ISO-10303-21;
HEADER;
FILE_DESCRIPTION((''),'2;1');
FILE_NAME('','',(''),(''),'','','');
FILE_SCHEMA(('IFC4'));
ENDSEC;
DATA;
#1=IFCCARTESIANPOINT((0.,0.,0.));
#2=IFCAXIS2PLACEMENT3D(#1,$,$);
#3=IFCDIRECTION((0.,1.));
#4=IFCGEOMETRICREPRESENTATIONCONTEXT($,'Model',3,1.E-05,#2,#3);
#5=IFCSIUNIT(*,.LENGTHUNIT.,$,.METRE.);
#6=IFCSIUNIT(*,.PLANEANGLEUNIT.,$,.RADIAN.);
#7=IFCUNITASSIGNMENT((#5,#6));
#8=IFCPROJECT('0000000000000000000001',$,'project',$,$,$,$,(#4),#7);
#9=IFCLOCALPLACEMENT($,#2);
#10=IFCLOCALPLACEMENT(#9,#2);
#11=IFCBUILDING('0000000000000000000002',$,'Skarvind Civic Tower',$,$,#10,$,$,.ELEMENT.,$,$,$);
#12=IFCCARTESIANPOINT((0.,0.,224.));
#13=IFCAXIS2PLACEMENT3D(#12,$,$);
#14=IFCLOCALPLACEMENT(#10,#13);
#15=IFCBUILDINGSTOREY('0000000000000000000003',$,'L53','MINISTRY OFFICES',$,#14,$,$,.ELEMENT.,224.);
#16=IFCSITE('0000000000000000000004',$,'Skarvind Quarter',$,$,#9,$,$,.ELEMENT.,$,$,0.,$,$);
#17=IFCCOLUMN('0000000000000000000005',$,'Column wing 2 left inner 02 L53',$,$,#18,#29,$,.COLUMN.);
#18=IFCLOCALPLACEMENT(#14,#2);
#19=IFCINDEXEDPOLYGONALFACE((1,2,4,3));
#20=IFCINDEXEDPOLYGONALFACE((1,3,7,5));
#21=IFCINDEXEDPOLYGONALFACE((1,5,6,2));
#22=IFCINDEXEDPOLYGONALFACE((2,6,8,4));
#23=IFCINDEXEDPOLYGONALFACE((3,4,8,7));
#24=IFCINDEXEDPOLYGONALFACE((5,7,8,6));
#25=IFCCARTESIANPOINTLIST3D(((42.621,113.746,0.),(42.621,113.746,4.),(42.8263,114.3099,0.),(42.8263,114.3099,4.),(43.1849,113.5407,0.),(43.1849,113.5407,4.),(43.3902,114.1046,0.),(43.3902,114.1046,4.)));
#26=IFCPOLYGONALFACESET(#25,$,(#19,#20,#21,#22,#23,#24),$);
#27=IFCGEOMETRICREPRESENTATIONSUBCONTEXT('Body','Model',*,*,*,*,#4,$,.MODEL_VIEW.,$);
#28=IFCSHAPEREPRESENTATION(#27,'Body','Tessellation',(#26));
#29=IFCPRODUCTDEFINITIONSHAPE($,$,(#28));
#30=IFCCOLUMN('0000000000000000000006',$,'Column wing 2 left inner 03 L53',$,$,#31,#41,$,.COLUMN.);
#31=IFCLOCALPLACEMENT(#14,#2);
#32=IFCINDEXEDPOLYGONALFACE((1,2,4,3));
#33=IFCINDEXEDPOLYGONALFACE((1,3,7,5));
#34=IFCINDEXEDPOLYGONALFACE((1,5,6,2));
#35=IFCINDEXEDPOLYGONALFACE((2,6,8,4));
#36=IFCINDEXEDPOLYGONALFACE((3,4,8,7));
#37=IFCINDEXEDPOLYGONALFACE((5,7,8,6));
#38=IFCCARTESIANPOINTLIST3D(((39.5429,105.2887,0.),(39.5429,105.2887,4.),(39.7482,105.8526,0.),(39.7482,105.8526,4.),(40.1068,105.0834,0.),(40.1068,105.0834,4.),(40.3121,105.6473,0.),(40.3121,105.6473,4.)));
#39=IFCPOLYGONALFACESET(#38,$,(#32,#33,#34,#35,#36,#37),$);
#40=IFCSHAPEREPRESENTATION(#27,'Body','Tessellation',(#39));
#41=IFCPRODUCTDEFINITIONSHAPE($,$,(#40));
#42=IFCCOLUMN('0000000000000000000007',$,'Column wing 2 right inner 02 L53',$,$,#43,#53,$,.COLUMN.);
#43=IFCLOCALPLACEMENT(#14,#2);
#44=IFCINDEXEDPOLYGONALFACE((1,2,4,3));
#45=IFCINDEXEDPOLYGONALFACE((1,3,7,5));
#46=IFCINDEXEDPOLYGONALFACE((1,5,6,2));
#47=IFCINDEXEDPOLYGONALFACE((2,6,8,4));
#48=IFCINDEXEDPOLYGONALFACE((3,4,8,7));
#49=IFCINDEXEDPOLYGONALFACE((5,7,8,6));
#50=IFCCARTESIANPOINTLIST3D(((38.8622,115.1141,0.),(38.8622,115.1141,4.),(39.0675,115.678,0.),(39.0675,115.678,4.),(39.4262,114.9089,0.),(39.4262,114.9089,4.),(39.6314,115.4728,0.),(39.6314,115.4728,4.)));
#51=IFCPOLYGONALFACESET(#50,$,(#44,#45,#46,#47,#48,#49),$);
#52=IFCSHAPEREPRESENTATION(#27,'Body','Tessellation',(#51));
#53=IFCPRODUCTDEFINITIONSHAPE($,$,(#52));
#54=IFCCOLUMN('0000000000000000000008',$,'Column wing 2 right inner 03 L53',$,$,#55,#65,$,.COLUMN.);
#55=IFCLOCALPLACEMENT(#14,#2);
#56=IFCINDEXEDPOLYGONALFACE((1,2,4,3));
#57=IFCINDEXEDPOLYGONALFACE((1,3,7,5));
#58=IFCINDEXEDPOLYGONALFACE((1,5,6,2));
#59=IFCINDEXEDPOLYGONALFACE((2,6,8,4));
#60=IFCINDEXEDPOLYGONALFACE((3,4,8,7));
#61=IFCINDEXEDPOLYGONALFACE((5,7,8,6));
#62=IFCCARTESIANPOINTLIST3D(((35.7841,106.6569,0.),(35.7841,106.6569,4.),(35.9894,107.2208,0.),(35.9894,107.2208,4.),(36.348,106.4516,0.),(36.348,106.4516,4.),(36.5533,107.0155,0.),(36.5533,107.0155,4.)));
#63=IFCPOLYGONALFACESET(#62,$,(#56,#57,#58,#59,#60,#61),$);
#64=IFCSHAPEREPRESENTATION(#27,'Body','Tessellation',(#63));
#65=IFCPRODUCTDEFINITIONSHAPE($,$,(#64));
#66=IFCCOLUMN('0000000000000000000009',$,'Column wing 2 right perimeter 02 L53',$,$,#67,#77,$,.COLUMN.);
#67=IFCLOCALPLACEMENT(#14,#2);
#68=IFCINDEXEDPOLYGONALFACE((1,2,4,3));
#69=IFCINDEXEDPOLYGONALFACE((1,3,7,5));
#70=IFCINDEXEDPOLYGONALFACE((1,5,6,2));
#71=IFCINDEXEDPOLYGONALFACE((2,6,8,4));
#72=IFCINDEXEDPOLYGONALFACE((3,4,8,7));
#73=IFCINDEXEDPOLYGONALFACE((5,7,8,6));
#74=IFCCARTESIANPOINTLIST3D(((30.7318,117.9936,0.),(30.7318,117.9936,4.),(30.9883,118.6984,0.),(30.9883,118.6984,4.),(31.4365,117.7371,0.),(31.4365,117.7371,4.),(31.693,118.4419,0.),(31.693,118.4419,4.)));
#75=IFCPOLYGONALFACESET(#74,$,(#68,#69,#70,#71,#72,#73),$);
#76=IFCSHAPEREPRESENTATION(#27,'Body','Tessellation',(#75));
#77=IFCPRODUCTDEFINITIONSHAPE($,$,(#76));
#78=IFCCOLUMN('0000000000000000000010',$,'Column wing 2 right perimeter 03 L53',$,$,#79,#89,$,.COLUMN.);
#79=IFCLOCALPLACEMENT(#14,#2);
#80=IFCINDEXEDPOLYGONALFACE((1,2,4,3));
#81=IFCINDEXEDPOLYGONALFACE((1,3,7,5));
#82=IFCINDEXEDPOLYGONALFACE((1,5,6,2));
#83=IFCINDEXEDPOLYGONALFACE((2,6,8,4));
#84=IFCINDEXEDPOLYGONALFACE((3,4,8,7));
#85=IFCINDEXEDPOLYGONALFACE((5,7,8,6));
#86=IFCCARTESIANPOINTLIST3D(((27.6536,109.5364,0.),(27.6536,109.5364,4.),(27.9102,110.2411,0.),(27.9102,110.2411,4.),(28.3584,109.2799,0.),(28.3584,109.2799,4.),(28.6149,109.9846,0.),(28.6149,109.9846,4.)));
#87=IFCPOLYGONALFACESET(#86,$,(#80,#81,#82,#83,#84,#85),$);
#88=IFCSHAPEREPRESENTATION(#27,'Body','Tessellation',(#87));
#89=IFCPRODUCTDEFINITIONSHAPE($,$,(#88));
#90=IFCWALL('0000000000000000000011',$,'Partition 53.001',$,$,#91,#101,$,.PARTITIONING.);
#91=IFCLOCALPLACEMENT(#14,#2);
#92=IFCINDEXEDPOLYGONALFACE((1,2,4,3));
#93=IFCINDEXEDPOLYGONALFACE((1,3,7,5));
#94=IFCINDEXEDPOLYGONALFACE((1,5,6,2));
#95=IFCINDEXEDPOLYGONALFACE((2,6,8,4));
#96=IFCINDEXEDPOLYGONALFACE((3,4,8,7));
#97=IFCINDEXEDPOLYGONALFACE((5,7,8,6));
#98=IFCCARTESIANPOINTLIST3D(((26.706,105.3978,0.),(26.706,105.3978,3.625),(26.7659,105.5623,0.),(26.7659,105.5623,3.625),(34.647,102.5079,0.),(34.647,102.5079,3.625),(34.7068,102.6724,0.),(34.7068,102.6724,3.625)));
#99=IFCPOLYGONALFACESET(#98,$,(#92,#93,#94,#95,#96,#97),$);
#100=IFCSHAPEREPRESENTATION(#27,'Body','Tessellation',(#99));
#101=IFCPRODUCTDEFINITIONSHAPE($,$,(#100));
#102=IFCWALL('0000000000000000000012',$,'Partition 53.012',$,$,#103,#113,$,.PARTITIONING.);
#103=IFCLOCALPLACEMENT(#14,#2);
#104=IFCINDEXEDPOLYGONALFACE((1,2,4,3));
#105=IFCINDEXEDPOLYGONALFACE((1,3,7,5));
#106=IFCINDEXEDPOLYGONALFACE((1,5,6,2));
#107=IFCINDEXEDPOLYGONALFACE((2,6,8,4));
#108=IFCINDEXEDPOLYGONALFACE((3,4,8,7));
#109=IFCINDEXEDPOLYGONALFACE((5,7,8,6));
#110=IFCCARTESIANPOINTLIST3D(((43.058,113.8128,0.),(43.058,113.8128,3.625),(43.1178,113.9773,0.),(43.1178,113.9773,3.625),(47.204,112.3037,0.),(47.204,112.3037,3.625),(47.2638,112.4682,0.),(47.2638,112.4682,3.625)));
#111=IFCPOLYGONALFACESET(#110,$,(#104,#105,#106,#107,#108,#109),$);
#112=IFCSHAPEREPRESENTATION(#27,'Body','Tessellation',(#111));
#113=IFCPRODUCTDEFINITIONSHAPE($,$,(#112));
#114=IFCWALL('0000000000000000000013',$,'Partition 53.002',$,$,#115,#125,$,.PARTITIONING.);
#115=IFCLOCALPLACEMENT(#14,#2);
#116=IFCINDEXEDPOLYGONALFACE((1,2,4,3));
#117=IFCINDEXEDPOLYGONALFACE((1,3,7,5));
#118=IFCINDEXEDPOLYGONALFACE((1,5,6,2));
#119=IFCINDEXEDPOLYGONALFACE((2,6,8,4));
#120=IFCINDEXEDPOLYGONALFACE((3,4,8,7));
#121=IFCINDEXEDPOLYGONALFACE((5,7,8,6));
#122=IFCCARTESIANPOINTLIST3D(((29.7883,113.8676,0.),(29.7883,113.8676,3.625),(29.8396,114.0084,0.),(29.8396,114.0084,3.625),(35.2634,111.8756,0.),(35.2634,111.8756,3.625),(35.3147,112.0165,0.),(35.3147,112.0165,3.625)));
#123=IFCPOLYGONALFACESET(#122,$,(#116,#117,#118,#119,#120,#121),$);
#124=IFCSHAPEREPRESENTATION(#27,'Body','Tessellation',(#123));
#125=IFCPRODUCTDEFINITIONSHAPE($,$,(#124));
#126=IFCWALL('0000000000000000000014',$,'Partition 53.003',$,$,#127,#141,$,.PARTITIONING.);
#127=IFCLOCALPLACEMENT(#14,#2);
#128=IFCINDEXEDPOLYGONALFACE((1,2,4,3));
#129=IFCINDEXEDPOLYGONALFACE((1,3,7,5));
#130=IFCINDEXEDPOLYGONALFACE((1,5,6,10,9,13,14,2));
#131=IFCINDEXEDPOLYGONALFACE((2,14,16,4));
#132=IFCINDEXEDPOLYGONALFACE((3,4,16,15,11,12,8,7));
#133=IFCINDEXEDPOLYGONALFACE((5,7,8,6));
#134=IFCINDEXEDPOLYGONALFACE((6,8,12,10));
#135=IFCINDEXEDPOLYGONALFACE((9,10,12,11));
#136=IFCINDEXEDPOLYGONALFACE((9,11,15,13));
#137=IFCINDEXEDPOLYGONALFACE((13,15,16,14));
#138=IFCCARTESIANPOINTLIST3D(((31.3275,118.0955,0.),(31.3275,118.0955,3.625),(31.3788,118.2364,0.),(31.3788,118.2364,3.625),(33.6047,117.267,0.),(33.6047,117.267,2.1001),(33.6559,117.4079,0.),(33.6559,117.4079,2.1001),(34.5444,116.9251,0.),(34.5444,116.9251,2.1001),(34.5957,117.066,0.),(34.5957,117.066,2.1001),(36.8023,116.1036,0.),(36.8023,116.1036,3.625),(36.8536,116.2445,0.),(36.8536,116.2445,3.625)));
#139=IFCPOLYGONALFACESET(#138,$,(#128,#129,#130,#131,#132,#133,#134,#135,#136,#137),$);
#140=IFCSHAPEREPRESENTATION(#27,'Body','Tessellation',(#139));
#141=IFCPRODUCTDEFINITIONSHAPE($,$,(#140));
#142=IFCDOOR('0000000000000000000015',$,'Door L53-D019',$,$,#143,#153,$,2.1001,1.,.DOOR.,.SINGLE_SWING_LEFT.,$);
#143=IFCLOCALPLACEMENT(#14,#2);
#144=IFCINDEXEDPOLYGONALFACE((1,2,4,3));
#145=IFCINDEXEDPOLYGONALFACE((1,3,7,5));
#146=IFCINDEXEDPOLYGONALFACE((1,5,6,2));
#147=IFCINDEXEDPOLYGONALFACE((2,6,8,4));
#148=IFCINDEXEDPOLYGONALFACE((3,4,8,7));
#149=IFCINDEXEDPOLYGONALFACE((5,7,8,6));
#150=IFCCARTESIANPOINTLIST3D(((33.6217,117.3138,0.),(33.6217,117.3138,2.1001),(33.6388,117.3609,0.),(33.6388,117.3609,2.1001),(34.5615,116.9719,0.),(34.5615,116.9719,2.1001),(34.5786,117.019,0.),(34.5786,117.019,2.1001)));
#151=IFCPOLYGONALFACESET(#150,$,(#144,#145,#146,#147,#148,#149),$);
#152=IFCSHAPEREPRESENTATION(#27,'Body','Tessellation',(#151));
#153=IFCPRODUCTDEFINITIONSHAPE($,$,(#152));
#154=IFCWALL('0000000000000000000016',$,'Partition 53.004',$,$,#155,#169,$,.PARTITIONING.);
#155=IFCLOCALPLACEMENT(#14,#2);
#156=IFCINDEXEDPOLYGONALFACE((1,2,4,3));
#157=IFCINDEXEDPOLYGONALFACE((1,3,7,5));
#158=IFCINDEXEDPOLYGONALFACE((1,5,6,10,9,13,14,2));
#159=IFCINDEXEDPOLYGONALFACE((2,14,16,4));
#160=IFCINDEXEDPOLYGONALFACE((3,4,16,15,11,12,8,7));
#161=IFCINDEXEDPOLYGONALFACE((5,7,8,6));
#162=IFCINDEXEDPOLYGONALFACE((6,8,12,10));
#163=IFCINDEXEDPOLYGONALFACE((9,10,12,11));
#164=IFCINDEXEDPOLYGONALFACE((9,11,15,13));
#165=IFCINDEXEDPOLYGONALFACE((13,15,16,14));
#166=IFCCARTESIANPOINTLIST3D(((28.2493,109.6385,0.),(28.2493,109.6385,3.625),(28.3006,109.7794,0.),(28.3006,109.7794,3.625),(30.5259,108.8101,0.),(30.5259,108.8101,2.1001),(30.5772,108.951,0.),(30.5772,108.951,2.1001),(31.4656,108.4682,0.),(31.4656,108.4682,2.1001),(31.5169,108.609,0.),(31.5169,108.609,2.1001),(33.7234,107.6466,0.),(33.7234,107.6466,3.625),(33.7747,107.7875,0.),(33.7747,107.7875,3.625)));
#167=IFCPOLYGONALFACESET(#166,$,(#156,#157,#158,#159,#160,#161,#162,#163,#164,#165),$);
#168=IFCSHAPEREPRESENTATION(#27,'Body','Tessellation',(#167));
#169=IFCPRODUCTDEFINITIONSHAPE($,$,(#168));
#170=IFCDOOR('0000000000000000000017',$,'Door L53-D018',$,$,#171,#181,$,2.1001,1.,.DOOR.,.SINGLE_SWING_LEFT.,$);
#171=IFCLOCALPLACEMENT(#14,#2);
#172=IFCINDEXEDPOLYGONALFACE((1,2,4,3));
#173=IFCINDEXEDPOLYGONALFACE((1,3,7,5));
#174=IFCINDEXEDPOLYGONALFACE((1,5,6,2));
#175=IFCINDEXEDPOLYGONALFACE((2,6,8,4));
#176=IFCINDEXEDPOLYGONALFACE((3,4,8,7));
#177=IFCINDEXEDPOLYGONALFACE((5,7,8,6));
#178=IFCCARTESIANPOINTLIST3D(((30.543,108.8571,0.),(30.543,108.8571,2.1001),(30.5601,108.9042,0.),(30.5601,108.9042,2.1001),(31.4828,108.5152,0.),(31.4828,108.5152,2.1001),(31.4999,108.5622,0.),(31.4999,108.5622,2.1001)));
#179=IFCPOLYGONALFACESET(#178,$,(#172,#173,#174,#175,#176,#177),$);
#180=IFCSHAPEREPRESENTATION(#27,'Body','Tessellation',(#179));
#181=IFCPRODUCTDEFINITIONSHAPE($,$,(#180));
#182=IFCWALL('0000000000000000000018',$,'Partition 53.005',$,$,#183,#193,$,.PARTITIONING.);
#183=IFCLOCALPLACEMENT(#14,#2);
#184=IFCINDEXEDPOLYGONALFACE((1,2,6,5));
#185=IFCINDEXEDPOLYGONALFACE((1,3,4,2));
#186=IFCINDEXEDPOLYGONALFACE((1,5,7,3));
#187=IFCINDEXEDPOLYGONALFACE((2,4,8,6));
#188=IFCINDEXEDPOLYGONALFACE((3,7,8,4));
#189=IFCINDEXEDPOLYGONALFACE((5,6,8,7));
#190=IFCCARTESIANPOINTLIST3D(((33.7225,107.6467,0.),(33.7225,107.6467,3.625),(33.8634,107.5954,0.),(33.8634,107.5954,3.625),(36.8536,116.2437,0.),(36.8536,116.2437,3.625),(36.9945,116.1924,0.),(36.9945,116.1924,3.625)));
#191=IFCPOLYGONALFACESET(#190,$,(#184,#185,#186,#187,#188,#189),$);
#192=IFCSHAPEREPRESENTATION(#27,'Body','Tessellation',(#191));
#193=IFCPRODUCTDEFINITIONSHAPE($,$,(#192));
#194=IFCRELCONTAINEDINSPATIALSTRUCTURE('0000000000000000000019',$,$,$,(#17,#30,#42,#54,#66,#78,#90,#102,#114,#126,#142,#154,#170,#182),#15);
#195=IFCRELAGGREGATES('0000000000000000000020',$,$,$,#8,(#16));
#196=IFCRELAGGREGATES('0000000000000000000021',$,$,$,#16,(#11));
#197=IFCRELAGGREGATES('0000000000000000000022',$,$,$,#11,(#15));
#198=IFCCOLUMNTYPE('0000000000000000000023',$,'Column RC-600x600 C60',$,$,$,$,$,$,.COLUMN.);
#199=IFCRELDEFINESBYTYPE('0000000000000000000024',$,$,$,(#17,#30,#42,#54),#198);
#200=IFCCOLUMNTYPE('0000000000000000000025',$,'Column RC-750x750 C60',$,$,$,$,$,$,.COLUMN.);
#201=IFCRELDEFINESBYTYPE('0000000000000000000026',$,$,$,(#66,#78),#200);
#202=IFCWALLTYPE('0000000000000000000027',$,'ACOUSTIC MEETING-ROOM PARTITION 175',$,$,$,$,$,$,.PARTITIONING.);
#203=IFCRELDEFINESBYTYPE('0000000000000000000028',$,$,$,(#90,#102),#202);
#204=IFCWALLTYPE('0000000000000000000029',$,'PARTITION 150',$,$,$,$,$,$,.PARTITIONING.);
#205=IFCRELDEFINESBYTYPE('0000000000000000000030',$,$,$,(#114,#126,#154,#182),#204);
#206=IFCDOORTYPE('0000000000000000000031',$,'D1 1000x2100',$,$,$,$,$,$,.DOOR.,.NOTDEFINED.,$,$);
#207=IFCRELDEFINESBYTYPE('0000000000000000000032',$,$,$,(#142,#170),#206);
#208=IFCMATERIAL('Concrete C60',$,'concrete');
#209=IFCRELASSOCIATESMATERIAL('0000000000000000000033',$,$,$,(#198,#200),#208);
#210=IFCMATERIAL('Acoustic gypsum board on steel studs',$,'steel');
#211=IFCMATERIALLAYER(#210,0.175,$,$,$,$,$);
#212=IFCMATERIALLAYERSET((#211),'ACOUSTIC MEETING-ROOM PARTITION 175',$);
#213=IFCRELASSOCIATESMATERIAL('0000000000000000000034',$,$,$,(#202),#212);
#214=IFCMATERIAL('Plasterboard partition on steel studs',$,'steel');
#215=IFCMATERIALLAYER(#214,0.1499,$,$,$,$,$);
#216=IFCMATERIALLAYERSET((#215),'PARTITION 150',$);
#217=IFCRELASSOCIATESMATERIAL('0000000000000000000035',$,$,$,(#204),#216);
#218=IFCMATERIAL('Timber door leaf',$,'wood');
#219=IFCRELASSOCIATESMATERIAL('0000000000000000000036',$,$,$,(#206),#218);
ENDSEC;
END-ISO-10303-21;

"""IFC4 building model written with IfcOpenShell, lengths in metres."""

from ifc_helpers import new_model, si_unit, direction, frame, frame_2d, origin, origin_2d, place, context, subcontext, project, spatial, rectangle, extrude, material, layer, layer_set, material_profile, profile_set, type_object, element, fill, save


model = new_model("IFC4")

# Units and contexts
model_context = context("Model", 3, precision=1e-05, world=origin(), true_north=direction((0.0, 1.0)))
body_context = subcontext(model_context, "Body", "Model", "MODEL_VIEW")
ifc_project = project(units=[si_unit("LENGTHUNIT", "METRE"), si_unit("PLANEANGLEUNIT", "RADIAN")], contexts=[model_context])

# Site, building, storey
site_placement = place(None, origin())
site = spatial("IfcSite", under=ifc_project, at=site_placement, Name="Skarvind Quarter", CompositionType="ELEMENT", RefElevation=0.0)
building_placement = place(site_placement, origin())
building = spatial("IfcBuilding", under=site, at=building_placement, Name="Skarvind Civic Tower", CompositionType="ELEMENT")
storey_placement = place(building_placement, frame((0.0, 0.0, 224.0)))
storey = spatial("IfcBuildingStorey", under=building, at=storey_placement, Name="L53", Description="MINISTRY OFFICES", CompositionType="ELEMENT", Elevation=224.0)

# Columns
ifc_material_1 = material(Name="Concrete C60", Category="concrete")
ifc_material_profile_1 = material_profile(ifc_material_1, rectangle(XDim=0.6001, YDim=0.6001, at=origin_2d()), Name="RC-600x600")
ifc_profile_set_1 = profile_set([ifc_material_profile_1], Name="Concrete C60")
column_type_1 = type_object("IfcColumnType", Name="Column RC-600x600 C60", PredefinedType="COLUMN", material=ifc_profile_set_1)
for number, where, z_axis, x_axis, name in (
    (1, (43.0056, 113.9253, 0.0), (0.0, 0.0, 1.0), (-0.34202, -0.939693, 0.0), "Column wing 2 left inner 02 L53"),
    (2, (39.9275, 105.468, 0.0), (0.0, 0.0, 1.0), (-0.34202, -0.939693, 0.0), "Column wing 2 left inner 03 L53"),
    (3, (39.2468, 115.2935, 0.0), (0.0, 0.0, 1.0), (-0.34202, -0.939693, 0.0), "Column wing 2 right inner 02 L53"),
    (4, (36.1687, 106.8362, 0.0), (0.0, 0.0, 1.0), (-0.34202, -0.939693, 0.0), "Column wing 2 right inner 03 L53"),
):
    element("IfcColumn", number, at=place(storey_placement, frame(where, z_axis=z_axis, x_axis=x_axis)), inside=storey, type_object=column_type_1, Name=name, PredefinedType="COLUMN", context=body_context, shape_type="SweptSolid", body=[
        extrude(rectangle(XDim=0.6001, YDim=0.6001, at=origin_2d()), origin(), (0.0, 0.0, 1.0), 4.0),
    ])
ifc_material_profile_2 = material_profile(ifc_material_1, rectangle(XDim=0.75, YDim=0.75, at=origin_2d()), Name="RC-750x750")
ifc_profile_set_2 = profile_set([ifc_material_profile_2], Name="Concrete C60")
column_type_2 = type_object("IfcColumnType", Name="Column RC-750x750 C60", PredefinedType="COLUMN", material=ifc_profile_set_2)
for number, where, z_axis, x_axis, name in (
    (5, (31.2124, 118.2178, 0.0), (0.0, 0.0, 1.0), (-0.34202, -0.939693, 0.0), "Column wing 2 right perimeter 02 L53"),
    (6, (28.1343, 109.7605, 0.0), (0.0, 0.0, 1.0), (-0.34202, -0.939693, 0.0), "Column wing 2 right perimeter 03 L53"),
):
    element("IfcColumn", number, at=place(storey_placement, frame(where, z_axis=z_axis, x_axis=x_axis)), inside=storey, type_object=column_type_2, Name=name, PredefinedType="COLUMN", context=body_context, shape_type="SweptSolid", body=[
        extrude(rectangle(XDim=0.75, YDim=0.75, at=origin_2d()), origin(), (0.0, 0.0, 1.0), 4.0),
    ])

# Walls
ifc_material_2 = material(Name="Acoustic gypsum board on steel studs", Category="steel")
ifc_layer_1 = layer(ifc_material_2, 0.175)
ifc_layer_set_1 = layer_set([ifc_layer_1], Name="ACOUSTIC MEETING-ROOM PARTITION 175")
wall_type_1 = type_object("IfcWallType", Name="ACOUSTIC MEETING-ROOM PARTITION 175", PredefinedType="PARTITIONING", material=ifc_layer_set_1)
wall_1_placement = place(storey_placement, frame((26.7361, 105.48, 0.0), z_axis=(0.0, 0.0, 1.0), x_axis=(0.939707, -0.341982, 0.0)))
element("IfcWall", 7, at=wall_1_placement, inside=storey, type_object=wall_type_1, Name="Partition 53.001", PredefinedType="PARTITIONING", context=body_context, shape_type="SweptSolid", body=[
    extrude(rectangle(XDim=8.4504, YDim=0.175, at=frame_2d((4.2251, 0.0))), origin(), (0.0, 0.0, 1.0), 3.625),
])
wall_2_placement = place(storey_placement, frame((43.0879, 113.895, 0.0), z_axis=(0.0, 0.0, 1.0), x_axis=(0.939692, -0.342023, 0.0)))
element("IfcWall", 8, at=wall_2_placement, inside=storey, type_object=wall_type_1, Name="Partition 53.012", PredefinedType="PARTITIONING", context=body_context, shape_type="SweptSolid", body=[
    extrude(rectangle(XDim=4.4121, YDim=0.175, at=frame_2d((2.2061, 0.0))), origin(), (0.0, 0.0, 1.0), 3.625),
])
ifc_material_3 = material(Name="Plasterboard partition on steel studs", Category="steel")
ifc_layer_2 = layer(ifc_material_3, 0.1499)
ifc_layer_set_2 = layer_set([ifc_layer_2], Name="PARTITION 150")
wall_type_2 = type_object("IfcWallType", Name="PARTITION 150", PredefinedType="PARTITIONING", material=ifc_layer_set_2)
wall_3_placement = place(storey_placement, frame((29.814, 113.938, 0.0), z_axis=(0.0, 0.0, 1.0), x_axis=(0.939738, -0.341894, 0.0)))
element("IfcWall", 9, at=wall_3_placement, inside=storey, type_object=wall_type_2, Name="Partition 53.002", PredefinedType="PARTITIONING", context=body_context, shape_type="SweptSolid", body=[
    extrude(rectangle(XDim=5.8262, YDim=0.1499, at=frame_2d((2.9131, 0.0))), origin(), (0.0, 0.0, 1.0), 3.625),
])

# Walls, openings, doors
wall_4_placement = place(storey_placement, frame((31.353, 118.166, 0.0), z_axis=(0.0, 0.0, 1.0), x_axis=(0.939733, -0.341908, 0.0)))
wall_4 = element("IfcWall", 10, at=wall_4_placement, inside=storey, type_object=wall_type_2, Name="Partition 53.003", PredefinedType="PARTITIONING", context=body_context, shape_type="SweptSolid", body=[
    extrude(rectangle(XDim=5.8259, YDim=0.1499, at=frame_2d((2.9131, 0.0))), origin(), (0.0, 0.0, 1.0), 3.625),
])
opening_1_placement = place(wall_4_placement, frame((2.4233, 0.0, 0.0)))
opening_1 = element("IfcOpeningElement", 11, at=opening_1_placement, cuts=wall_4, PredefinedType="OPENING", context=body_context, shape_type="SweptSolid", body=[
    extrude(rectangle(XDim=1.0, YDim=2.1001, at=frame_2d((0.5, 1.05))), frame((0.0, 0.085, 0.0), z_axis=(0.0, -1.0, 0.0), x_axis=(1.0, 0.0, 0.0)), (0.0, 0.0, 1.0), 0.1699),
])
ifc_material_4 = material(Name="Timber door leaf", Category="wood")
door_type = type_object("IfcDoorType", Name="D1 1000x2100", OperationType="NOTDEFINED", PredefinedType="DOOR", material=ifc_material_4)
door_1_placement = place(opening_1_placement, origin())
door_1 = element("IfcDoor", 12, at=door_1_placement, inside=storey, type_object=door_type, Name="Door L53-D019", OperationType="SINGLE_SWING_LEFT", OverallHeight=2.1001, OverallWidth=1.0, PredefinedType="DOOR", context=body_context, shape_type="SweptSolid", body=[
    extrude(rectangle(XDim=1.0, YDim=2.1001, at=frame_2d((0.5, 1.05))), frame((0.0, 0.0249, 0.0), z_axis=(0.0, -1.0, 0.0), x_axis=(1.0, 0.0, 0.0)), (0.0, 0.0, 1.0), 0.05),
])
fill(opening_1, door_1)
wall_5_placement = place(storey_placement, frame((33.749, 107.717, 0.0), z_axis=(0.0, 0.0, 1.0), x_axis=(-0.939719, 0.341948, 0.0)))
wall_5 = element("IfcWall", 13, at=wall_5_placement, inside=storey, type_object=wall_type_2, Name="Partition 53.004", PredefinedType="PARTITIONING", context=body_context, shape_type="SweptSolid", body=[
    extrude(rectangle(XDim=5.8252, YDim=0.1499, at=frame_2d((2.9126, 0.0))), origin(), (0.0, 0.0, 1.0), 3.625),
])
opening_2_placement = place(wall_5_placement, frame((2.4026, 0.0, 0.0)))
opening_2 = element("IfcOpeningElement", 14, at=opening_2_placement, cuts=wall_5, PredefinedType="OPENING", context=body_context, shape_type="SweptSolid", body=[
    extrude(rectangle(XDim=1.0, YDim=2.1001, at=frame_2d((0.5, 1.05))), frame((0.0, 0.085, 0.0), z_axis=(0.0, -1.0, 0.0), x_axis=(1.0, 0.0, 0.0)), (0.0, 0.0, 1.0), 0.1699),
])
door_2_placement = place(opening_2_placement, origin())
door_2 = element("IfcDoor", 15, at=door_2_placement, inside=storey, type_object=door_type, Name="Door L53-D018", OperationType="SINGLE_SWING_LEFT", OverallHeight=2.1001, OverallWidth=1.0, PredefinedType="DOOR", context=body_context, shape_type="SweptSolid", body=[
    extrude(rectangle(XDim=1.0, YDim=2.1001, at=frame_2d((0.5, 1.05))), frame((0.0, 0.0249, 0.0), z_axis=(0.0, -1.0, 0.0), x_axis=(1.0, 0.0, 0.0)), (0.0, 0.0, 1.0), 0.05),
])
fill(opening_2, door_2)

# Wall
wall_6_placement = place(storey_placement, frame((36.9241, 116.218, 0.0), z_axis=(0.0, 0.0, 1.0), x_axis=(-0.342221, -0.93962, 0.0)))
element("IfcWall", 16, at=wall_6_placement, inside=storey, type_object=wall_type_2, Name="Partition 53.005", PredefinedType="PARTITIONING", context=body_context, shape_type="SweptSolid", body=[
    extrude(rectangle(XDim=9.1494, YDim=0.1499, at=frame_2d((4.5747, 0.0))), origin(), (0.0, 0.0, 1.0), 3.625),
])

save(model, "model.ifc")
